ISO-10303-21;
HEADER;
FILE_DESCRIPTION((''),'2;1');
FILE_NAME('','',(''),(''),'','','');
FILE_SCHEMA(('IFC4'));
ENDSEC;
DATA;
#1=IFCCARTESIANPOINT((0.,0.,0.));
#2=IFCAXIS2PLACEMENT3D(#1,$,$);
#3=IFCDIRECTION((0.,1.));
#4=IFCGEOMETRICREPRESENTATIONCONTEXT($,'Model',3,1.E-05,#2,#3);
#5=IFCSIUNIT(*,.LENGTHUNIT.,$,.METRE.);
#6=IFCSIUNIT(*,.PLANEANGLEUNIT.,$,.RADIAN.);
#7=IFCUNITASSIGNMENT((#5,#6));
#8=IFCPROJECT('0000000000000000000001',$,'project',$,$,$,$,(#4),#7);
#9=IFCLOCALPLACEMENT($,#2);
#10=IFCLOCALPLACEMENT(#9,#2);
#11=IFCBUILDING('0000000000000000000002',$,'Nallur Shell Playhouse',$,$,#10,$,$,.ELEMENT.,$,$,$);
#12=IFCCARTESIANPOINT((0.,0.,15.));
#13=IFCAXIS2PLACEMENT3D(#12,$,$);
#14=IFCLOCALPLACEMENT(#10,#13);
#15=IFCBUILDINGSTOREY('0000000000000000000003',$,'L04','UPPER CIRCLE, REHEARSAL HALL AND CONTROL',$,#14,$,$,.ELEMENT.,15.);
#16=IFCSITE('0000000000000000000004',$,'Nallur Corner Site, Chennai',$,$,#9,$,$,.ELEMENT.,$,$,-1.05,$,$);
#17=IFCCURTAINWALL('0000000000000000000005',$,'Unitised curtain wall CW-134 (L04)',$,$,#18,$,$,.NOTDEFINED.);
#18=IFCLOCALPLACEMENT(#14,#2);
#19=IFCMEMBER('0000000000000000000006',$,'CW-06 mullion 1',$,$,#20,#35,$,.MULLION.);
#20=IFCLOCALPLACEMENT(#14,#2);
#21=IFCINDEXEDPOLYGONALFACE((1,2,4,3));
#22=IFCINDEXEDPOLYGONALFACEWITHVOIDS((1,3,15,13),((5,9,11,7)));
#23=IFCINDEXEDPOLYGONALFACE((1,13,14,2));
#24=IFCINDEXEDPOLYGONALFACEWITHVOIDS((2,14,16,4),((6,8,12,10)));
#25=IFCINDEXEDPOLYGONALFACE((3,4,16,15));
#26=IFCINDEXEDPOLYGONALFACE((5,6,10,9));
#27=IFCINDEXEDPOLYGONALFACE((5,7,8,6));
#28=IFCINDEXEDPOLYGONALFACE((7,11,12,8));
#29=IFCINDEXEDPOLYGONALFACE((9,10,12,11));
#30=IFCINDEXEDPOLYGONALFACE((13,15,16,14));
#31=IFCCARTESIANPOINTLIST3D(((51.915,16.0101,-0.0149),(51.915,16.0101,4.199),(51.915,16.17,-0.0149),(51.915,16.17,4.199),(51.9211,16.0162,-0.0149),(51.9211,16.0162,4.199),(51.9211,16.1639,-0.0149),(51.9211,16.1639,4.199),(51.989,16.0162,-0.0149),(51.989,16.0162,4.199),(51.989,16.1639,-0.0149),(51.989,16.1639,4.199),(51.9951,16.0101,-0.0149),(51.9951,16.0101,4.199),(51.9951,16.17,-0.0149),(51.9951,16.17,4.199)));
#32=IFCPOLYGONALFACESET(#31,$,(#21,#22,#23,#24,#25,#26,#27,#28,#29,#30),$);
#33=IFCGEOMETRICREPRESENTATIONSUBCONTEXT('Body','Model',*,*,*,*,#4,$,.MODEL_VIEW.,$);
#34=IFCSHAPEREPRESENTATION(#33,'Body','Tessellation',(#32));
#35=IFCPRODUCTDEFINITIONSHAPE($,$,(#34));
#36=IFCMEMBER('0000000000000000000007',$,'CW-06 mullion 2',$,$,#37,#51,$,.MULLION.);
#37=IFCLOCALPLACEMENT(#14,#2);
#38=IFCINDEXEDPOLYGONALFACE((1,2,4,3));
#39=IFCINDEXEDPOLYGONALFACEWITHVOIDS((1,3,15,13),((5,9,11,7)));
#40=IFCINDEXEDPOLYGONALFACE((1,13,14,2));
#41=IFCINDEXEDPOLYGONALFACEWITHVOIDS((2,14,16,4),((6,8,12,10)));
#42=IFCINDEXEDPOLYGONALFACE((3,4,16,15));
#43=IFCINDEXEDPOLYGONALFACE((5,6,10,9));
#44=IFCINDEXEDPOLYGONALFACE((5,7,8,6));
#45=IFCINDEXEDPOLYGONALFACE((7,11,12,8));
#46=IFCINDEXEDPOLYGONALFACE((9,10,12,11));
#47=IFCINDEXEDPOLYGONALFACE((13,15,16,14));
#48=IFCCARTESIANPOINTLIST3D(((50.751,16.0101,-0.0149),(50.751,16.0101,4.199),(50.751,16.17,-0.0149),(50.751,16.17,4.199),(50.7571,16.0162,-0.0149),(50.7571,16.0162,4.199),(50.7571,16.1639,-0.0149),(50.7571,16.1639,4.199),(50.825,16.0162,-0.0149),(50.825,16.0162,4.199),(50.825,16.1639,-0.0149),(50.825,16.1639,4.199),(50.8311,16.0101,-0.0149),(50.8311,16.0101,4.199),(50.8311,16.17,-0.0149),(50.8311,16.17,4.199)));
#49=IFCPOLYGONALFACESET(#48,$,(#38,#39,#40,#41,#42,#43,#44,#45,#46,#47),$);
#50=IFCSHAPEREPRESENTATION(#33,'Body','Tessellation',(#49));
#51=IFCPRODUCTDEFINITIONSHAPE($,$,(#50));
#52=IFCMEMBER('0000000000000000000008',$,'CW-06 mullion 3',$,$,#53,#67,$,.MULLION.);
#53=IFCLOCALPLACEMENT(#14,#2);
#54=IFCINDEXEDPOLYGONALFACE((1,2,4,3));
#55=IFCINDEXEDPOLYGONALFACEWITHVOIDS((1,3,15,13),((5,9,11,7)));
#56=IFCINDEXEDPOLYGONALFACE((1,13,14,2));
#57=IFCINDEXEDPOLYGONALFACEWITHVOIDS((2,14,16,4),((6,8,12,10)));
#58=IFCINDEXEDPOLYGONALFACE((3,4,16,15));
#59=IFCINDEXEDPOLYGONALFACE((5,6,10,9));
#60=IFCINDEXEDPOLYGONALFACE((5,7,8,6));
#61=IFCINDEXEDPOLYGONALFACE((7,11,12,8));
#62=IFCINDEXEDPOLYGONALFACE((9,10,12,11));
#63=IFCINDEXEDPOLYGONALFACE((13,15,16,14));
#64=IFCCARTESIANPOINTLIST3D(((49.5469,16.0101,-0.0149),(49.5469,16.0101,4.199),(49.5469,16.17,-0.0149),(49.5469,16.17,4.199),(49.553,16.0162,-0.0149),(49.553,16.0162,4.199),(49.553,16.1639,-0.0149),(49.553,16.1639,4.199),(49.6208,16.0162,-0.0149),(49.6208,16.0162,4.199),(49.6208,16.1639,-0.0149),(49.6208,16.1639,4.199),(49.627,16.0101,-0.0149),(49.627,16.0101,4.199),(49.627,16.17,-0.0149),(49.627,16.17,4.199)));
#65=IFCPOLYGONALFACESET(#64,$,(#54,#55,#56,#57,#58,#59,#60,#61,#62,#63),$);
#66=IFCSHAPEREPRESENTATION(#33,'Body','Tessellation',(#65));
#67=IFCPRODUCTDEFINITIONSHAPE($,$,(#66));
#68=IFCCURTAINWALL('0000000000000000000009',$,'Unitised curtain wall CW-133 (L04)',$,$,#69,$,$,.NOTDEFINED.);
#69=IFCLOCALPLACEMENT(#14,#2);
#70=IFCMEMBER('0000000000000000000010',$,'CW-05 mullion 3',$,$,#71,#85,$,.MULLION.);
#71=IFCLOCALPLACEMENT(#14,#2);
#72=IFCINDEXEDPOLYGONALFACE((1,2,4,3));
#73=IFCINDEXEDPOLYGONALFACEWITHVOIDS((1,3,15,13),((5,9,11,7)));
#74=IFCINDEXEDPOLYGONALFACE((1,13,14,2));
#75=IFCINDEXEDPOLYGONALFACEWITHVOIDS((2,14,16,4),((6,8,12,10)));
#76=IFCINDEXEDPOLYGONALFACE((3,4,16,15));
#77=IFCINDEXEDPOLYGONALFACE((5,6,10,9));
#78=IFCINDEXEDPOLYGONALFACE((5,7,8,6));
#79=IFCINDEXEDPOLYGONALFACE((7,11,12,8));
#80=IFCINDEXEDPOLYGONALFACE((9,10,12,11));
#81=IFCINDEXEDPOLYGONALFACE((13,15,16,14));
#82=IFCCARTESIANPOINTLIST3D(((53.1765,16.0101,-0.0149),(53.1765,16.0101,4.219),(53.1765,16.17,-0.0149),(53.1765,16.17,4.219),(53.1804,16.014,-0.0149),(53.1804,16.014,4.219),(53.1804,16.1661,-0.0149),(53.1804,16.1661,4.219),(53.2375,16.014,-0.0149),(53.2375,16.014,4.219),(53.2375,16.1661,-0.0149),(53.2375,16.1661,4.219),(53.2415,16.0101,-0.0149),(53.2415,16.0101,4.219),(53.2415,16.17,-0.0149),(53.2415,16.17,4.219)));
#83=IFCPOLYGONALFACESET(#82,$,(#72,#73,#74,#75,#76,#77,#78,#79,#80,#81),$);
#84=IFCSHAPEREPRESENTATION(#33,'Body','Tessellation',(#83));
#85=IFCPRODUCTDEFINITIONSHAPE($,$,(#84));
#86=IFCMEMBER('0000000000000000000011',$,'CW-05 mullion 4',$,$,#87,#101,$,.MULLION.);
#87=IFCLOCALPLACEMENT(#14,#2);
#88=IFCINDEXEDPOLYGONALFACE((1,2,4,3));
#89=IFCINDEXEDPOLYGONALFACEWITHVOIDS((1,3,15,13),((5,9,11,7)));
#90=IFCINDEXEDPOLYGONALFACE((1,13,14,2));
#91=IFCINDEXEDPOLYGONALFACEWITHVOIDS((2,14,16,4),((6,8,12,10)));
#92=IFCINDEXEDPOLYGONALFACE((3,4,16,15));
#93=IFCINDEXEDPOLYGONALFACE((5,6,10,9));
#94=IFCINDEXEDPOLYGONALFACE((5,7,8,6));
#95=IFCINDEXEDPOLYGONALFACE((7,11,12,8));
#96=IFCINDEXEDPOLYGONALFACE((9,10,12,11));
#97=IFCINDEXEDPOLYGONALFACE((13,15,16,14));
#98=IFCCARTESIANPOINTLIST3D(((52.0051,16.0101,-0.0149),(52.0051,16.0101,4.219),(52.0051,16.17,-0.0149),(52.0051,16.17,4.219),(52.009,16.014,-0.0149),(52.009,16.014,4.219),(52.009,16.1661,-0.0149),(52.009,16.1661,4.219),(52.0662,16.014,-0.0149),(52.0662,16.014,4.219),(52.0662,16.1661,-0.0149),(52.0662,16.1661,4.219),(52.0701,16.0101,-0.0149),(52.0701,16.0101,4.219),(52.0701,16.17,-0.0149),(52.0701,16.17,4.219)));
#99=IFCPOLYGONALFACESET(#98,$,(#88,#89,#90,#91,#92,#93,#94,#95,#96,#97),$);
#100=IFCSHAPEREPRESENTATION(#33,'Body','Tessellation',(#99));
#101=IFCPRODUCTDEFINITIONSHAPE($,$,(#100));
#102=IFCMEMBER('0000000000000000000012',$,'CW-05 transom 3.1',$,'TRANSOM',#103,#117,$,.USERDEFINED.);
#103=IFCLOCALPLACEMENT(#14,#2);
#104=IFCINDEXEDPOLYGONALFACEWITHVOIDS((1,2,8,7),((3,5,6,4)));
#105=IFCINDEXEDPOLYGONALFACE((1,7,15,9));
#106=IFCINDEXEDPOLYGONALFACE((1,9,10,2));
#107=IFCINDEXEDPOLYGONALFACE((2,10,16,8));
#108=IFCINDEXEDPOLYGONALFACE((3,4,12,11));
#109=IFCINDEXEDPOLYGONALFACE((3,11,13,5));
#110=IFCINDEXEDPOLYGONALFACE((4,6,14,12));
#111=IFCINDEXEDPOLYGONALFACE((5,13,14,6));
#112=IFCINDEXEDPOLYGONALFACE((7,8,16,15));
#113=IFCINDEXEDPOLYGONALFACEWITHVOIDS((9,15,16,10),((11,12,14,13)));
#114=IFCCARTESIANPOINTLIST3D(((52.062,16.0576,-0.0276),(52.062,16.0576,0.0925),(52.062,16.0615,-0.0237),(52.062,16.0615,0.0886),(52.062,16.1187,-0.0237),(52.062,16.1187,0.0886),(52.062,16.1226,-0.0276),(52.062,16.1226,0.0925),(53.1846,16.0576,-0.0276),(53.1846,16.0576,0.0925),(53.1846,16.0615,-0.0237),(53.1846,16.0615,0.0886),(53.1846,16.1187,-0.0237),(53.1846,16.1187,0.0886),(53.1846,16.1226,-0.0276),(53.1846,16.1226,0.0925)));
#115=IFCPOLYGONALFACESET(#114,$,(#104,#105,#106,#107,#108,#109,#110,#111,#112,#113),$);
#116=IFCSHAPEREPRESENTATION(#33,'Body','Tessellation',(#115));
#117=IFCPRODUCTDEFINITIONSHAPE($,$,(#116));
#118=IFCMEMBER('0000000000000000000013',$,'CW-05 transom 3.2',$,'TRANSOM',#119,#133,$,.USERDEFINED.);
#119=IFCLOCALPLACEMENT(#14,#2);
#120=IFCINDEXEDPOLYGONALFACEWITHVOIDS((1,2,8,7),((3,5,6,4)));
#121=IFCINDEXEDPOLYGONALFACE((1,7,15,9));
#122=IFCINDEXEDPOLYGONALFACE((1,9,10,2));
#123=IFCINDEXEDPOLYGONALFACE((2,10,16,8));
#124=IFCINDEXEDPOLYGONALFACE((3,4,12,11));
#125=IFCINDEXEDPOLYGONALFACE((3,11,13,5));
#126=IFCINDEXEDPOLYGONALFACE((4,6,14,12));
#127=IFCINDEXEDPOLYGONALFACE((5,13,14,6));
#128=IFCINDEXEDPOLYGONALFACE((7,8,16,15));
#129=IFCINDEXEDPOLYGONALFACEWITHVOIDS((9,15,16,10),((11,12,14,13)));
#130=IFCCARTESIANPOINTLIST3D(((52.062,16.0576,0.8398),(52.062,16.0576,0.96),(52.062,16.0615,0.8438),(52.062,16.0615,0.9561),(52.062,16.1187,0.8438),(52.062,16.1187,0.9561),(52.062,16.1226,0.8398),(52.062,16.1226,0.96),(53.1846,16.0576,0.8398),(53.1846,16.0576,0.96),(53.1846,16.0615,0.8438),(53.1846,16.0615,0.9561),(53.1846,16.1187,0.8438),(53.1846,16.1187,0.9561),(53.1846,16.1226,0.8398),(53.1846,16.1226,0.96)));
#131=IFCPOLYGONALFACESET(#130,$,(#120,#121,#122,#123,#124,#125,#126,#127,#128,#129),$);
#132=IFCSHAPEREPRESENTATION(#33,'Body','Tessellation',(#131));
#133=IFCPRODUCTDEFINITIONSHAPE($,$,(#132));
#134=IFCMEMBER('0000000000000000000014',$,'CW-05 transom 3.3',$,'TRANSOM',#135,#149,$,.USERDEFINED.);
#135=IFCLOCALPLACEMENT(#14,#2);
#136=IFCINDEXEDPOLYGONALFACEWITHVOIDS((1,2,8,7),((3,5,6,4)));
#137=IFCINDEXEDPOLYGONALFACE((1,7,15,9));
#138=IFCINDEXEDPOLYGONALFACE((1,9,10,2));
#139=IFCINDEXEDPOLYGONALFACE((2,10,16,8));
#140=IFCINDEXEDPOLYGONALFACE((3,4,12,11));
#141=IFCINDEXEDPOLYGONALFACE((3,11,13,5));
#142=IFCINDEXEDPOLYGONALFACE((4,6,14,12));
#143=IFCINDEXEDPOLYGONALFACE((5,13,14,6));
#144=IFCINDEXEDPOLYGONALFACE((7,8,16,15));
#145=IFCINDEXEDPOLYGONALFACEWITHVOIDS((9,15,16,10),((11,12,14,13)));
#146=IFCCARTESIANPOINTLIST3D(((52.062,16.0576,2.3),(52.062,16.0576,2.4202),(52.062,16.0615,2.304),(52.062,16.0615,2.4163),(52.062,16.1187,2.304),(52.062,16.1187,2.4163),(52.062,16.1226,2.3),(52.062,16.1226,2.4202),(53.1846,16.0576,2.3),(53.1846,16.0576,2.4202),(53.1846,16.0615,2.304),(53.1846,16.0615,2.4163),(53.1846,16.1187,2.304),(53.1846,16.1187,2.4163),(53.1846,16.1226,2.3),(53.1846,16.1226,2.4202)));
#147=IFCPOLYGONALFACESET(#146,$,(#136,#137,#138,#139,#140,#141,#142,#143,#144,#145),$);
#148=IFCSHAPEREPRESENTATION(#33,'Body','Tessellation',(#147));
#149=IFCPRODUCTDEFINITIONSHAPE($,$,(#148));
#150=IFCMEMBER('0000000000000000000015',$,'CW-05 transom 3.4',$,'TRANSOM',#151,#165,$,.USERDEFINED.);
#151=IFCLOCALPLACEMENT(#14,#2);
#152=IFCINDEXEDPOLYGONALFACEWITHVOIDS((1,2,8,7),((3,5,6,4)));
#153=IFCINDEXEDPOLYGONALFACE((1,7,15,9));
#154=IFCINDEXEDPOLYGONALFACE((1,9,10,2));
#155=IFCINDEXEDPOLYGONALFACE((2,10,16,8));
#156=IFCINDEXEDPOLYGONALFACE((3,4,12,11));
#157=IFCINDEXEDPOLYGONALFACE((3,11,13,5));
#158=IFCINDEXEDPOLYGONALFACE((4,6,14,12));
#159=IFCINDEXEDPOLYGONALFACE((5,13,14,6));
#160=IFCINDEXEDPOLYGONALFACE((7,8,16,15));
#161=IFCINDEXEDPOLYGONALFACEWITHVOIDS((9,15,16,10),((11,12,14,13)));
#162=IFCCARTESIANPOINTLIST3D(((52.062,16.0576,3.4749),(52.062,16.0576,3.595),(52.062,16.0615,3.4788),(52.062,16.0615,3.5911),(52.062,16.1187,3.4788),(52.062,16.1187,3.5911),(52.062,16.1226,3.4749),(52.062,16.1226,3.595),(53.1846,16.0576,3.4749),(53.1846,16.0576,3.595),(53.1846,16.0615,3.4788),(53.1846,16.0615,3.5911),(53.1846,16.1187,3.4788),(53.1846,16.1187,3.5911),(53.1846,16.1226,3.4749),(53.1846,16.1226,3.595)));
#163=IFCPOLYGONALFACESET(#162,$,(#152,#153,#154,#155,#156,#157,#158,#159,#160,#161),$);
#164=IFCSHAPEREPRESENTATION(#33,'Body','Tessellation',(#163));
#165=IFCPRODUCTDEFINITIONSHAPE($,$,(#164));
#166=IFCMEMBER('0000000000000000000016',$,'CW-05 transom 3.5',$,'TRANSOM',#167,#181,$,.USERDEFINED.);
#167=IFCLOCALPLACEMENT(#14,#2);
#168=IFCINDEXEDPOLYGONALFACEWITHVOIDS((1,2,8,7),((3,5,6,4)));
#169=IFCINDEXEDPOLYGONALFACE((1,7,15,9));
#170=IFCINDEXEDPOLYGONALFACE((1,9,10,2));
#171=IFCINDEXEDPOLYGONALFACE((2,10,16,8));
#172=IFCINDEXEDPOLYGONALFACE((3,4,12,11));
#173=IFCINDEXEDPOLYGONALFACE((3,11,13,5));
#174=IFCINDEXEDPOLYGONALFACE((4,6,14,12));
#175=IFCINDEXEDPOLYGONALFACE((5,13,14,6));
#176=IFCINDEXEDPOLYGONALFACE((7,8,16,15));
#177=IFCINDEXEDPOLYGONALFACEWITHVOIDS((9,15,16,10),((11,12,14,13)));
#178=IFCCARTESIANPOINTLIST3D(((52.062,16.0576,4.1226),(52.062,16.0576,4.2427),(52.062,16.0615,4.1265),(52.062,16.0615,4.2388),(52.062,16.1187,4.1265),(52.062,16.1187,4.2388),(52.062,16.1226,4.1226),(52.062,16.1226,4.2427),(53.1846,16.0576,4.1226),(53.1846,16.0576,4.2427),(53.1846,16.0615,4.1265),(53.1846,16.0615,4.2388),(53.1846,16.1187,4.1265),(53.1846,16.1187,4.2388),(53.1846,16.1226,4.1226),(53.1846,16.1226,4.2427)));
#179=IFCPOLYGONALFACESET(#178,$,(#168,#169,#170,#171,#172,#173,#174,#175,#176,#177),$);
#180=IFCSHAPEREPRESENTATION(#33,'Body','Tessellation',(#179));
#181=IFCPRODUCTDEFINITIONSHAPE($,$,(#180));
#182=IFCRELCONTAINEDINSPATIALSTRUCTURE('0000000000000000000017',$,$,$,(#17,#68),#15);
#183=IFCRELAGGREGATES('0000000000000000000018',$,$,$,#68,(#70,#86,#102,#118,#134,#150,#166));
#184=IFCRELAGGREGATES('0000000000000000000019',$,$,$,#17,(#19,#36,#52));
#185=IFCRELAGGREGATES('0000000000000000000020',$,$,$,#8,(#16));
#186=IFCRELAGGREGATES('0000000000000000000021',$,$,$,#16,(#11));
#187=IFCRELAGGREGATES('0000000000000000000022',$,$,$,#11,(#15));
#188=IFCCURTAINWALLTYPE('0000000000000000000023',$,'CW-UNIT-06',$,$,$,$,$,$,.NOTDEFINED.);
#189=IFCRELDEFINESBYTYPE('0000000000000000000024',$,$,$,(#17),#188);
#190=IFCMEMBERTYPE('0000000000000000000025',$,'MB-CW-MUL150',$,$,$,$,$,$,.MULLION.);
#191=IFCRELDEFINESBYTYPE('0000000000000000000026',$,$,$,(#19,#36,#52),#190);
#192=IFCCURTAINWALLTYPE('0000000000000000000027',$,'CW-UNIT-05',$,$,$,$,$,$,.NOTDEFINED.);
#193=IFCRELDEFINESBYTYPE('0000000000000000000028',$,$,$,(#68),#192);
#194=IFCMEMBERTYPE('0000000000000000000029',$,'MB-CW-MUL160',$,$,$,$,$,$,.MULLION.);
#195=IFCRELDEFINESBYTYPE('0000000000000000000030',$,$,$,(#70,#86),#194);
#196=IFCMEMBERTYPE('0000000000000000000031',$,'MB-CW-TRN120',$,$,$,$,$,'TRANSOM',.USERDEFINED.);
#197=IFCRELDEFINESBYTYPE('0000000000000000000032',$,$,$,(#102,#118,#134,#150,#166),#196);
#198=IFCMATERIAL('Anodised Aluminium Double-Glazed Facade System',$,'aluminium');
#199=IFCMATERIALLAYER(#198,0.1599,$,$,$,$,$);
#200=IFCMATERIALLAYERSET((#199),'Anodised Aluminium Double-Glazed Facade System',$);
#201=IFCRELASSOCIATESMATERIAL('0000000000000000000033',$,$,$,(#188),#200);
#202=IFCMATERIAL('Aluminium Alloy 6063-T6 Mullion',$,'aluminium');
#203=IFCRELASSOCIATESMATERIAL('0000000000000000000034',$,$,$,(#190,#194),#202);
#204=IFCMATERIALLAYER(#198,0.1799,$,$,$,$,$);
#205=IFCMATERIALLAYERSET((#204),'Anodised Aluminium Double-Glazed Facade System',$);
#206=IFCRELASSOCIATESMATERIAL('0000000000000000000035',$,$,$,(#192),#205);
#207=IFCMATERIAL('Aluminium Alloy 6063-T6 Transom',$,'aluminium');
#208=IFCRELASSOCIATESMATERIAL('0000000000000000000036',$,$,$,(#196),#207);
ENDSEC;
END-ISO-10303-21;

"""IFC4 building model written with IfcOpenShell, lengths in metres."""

from ifc_helpers import new_model, si_unit, direction, frame, origin, origin_2d, place, context, subcontext, project, spatial, hollow_rectangle, extrude, material, layer, layer_set, material_profile, profile_set, type_object, element, aggregate, save


model = new_model("IFC4")

# Units and contexts
model_context = context("Model", 3, precision=1e-05, world=origin(), true_north=direction((0.0, 1.0)))
body_context = subcontext(model_context, "Body", "Model", "MODEL_VIEW")
ifc_project = project(units=[si_unit("LENGTHUNIT", "METRE"), si_unit("PLANEANGLEUNIT", "RADIAN")], contexts=[model_context])

# Site, building, storey
site_placement = place(None, origin())
site = spatial("IfcSite", under=ifc_project, at=site_placement, Name="Nallur Corner Site, Chennai", CompositionType="ELEMENT", RefElevation=-1.05)
building_placement = place(site_placement, origin())
building = spatial("IfcBuilding", under=site, at=building_placement, Name="Nallur Shell Playhouse", CompositionType="ELEMENT")
storey_placement = place(building_placement, frame((0.0, 0.0, 15.0)))
storey = spatial("IfcBuildingStorey", under=building, at=storey_placement, Name="L04", Description="UPPER CIRCLE, REHEARSAL HALL AND CONTROL", CompositionType="ELEMENT", Elevation=15.0)

# Curtain walls, members
ifc_material_1 = material(Name="Anodised Aluminium Double-Glazed Facade System", Category="aluminium")
ifc_layer_1 = layer(ifc_material_1, 0.1599)
ifc_layer_set_1 = layer_set([ifc_layer_1], Name="Anodised Aluminium Double-Glazed Facade System")
curtain_wall_type_1 = type_object("IfcCurtainWallType", Name="CW-UNIT-06", PredefinedType="NOTDEFINED", material=ifc_layer_set_1)
curtain_wall_1_placement = place(storey_placement, origin())
curtain_wall_1 = element("IfcCurtainWall", 1, at=curtain_wall_1_placement, inside=storey, type_object=curtain_wall_type_1, Name="Unitised curtain wall CW-134 (L04)", PredefinedType="NOTDEFINED")
ifc_material_2 = material(Name="Aluminium Alloy 6063-T6 Mullion", Category="aluminium")
ifc_material_profile_1 = material_profile(ifc_material_2, hollow_rectangle(XDim=0.0801, YDim=0.1599, WallThickness=0.0061, at=origin_2d()), Name="RHS 160x80x6")
ifc_profile_set_1 = profile_set([ifc_material_profile_1], Name="Aluminium Alloy 6063-T6 Mullion")
member_type_1 = type_object("IfcMemberType", Name="MB-CW-MUL150", PredefinedType="MULLION", material=ifc_profile_set_1)
member_1_placement = place(storey_placement, frame((51.9551, 16.0901, -0.0149), z_axis=(0.0, 0.0, 1.0), x_axis=(-1.0, 0.0, 0.0)))
member_1 = element("IfcMember", 2, at=member_1_placement, type_object=member_type_1, Name="CW-06 mullion 1", PredefinedType="MULLION", context=body_context, shape_type="SweptSolid", body=[
    extrude(hollow_rectangle(XDim=0.0801, YDim=0.1599, WallThickness=0.0061, at=origin_2d()), origin(), (0.0, 0.0, 1.0), 4.2139),
])
member_2_placement = place(storey_placement, frame((50.791, 16.0901, -0.0149), z_axis=(0.0, 0.0, 1.0), x_axis=(-1.0, 0.0, 0.0)))
member_2 = element("IfcMember", 3, at=member_2_placement, type_object=member_type_1, Name="CW-06 mullion 2", PredefinedType="MULLION", context=body_context, shape_type="SweptSolid", body=[
    extrude(hollow_rectangle(XDim=0.0801, YDim=0.1599, WallThickness=0.0061, at=origin_2d()), origin(), (0.0, 0.0, 1.0), 4.2139),
])
member_3_placement = place(storey_placement, frame((49.5869, 16.0901, -0.0149), z_axis=(0.0, 0.0, 1.0), x_axis=(-1.0, 0.0, 0.0)))
member_3 = element("IfcMember", 4, at=member_3_placement, type_object=member_type_1, Name="CW-06 mullion 3", PredefinedType="MULLION", context=body_context, shape_type="SweptSolid", body=[
    extrude(hollow_rectangle(XDim=0.0801, YDim=0.1599, WallThickness=0.0061, at=origin_2d()), origin(), (0.0, 0.0, 1.0), 4.2139),
])
ifc_layer_2 = layer(ifc_material_1, 0.1799)
ifc_layer_set_2 = layer_set([ifc_layer_2], Name="Anodised Aluminium Double-Glazed Facade System")
curtain_wall_type_2 = type_object("IfcCurtainWallType", Name="CW-UNIT-05", PredefinedType="NOTDEFINED", material=ifc_layer_set_2)
curtain_wall_2_placement = place(storey_placement, origin())
curtain_wall_2 = element("IfcCurtainWall", 5, at=curtain_wall_2_placement, inside=storey, type_object=curtain_wall_type_2, Name="Unitised curtain wall CW-133 (L04)", PredefinedType="NOTDEFINED")
ifc_material_profile_2 = material_profile(ifc_material_2, hollow_rectangle(XDim=0.0649, YDim=0.1599, WallThickness=0.0039, at=origin_2d()), Name="ALU 65x160x4")
ifc_profile_set_2 = profile_set([ifc_material_profile_2], Name="Aluminium Alloy 6063-T6 Mullion")
member_type_2 = type_object("IfcMemberType", Name="MB-CW-MUL160", PredefinedType="MULLION", material=ifc_profile_set_2)
member_4_placement = place(storey_placement, frame((53.209, 16.0901, -0.0149), z_axis=(0.0, 0.0, 1.0), x_axis=(-1.0, 0.0, 0.0)))
member_4 = element("IfcMember", 6, at=member_4_placement, type_object=member_type_2, Name="CW-05 mullion 3", PredefinedType="MULLION", context=body_context, shape_type="SweptSolid", body=[
    extrude(hollow_rectangle(XDim=0.0649, YDim=0.1599, WallThickness=0.0039, at=origin_2d()), origin(), (0.0, 0.0, 1.0), 4.2339),
])
member_5_placement = place(storey_placement, frame((52.0376, 16.0901, -0.0149), z_axis=(0.0, 0.0, 1.0), x_axis=(-1.0, 0.0, 0.0)))
member_5 = element("IfcMember", 7, at=member_5_placement, type_object=member_type_2, Name="CW-05 mullion 4", PredefinedType="MULLION", context=body_context, shape_type="SweptSolid", body=[
    extrude(hollow_rectangle(XDim=0.0649, YDim=0.1599, WallThickness=0.0039, at=origin_2d()), origin(), (0.0, 0.0, 1.0), 4.2339),
])
ifc_material_3 = material(Name="Aluminium Alloy 6063-T6 Transom", Category="aluminium")
ifc_material_profile_3 = material_profile(ifc_material_3, hollow_rectangle(XDim=0.0649, YDim=0.1201, WallThickness=0.0039, at=origin_2d()), Name="ALU 65x120x4")
ifc_profile_set_3 = profile_set([ifc_material_profile_3], Name="Aluminium Alloy 6063-T6 Transom")
member_type_3 = type_object("IfcMemberType", Name="MB-CW-TRN120", ElementType="TRANSOM", PredefinedType="USERDEFINED", material=ifc_profile_set_3)
member_6_placement = place(storey_placement, frame((53.1846, 16.0901, 0.0325), z_axis=(-1.0, 0.0, 0.0), x_axis=(0.0, -1.0, 0.0)))
member_6 = element("IfcMember", 8, at=member_6_placement, type_object=member_type_3, Name="CW-05 transom 3.1", ObjectType="TRANSOM", PredefinedType="USERDEFINED", context=body_context, shape_type="SweptSolid", body=[
    extrude(hollow_rectangle(XDim=0.0649, YDim=0.1201, WallThickness=0.0039, at=origin_2d()), origin(), (0.0, 0.0, 1.0), 1.1226),
])
member_7_placement = place(storey_placement, frame((53.1846, 16.0901, 0.8999), z_axis=(-1.0, 0.0, 0.0), x_axis=(0.0, -1.0, 0.0)))
member_7 = element("IfcMember", 9, at=member_7_placement, type_object=member_type_3, Name="CW-05 transom 3.2", ObjectType="TRANSOM", PredefinedType="USERDEFINED", context=body_context, shape_type="SweptSolid", body=[
    extrude(hollow_rectangle(XDim=0.0649, YDim=0.1201, WallThickness=0.0039, at=origin_2d()), origin(), (0.0, 0.0, 1.0), 1.1226),
])
member_8_placement = place(storey_placement, frame((53.1846, 16.0901, 2.3601), z_axis=(-1.0, 0.0, 0.0), x_axis=(0.0, -1.0, 0.0)))
member_8 = element("IfcMember", 10, at=member_8_placement, type_object=member_type_3, Name="CW-05 transom 3.3", ObjectType="TRANSOM", PredefinedType="USERDEFINED", context=body_context, shape_type="SweptSolid", body=[
    extrude(hollow_rectangle(XDim=0.0649, YDim=0.1201, WallThickness=0.0039, at=origin_2d()), origin(), (0.0, 0.0, 1.0), 1.1226),
])
member_9_placement = place(storey_placement, frame((53.1846, 16.0901, 3.5349), z_axis=(-1.0, 0.0, 0.0), x_axis=(0.0, -1.0, 0.0)))
member_9 = element("IfcMember", 11, at=member_9_placement, type_object=member_type_3, Name="CW-05 transom 3.4", ObjectType="TRANSOM", PredefinedType="USERDEFINED", context=body_context, shape_type="SweptSolid", body=[
    extrude(hollow_rectangle(XDim=0.0649, YDim=0.1201, WallThickness=0.0039, at=origin_2d()), origin(), (0.0, 0.0, 1.0), 1.1226),
])
member_10_placement = place(storey_placement, frame((53.1846, 16.0901, 4.1826), z_axis=(-1.0, 0.0, 0.0), x_axis=(0.0, -1.0, 0.0)))
member_10 = element("IfcMember", 12, at=member_10_placement, type_object=member_type_3, Name="CW-05 transom 3.5", ObjectType="TRANSOM", PredefinedType="USERDEFINED", context=body_context, shape_type="SweptSolid", body=[
    extrude(hollow_rectangle(XDim=0.0649, YDim=0.1201, WallThickness=0.0039, at=origin_2d()), origin(), (0.0, 0.0, 1.0), 1.1226),
])

aggregate(curtain_wall_2, [member_4, member_5, member_6, member_7, member_8, member_9, member_10])
aggregate(curtain_wall_1, [member_1, member_2, member_3])

save(model, "model.ifc")
